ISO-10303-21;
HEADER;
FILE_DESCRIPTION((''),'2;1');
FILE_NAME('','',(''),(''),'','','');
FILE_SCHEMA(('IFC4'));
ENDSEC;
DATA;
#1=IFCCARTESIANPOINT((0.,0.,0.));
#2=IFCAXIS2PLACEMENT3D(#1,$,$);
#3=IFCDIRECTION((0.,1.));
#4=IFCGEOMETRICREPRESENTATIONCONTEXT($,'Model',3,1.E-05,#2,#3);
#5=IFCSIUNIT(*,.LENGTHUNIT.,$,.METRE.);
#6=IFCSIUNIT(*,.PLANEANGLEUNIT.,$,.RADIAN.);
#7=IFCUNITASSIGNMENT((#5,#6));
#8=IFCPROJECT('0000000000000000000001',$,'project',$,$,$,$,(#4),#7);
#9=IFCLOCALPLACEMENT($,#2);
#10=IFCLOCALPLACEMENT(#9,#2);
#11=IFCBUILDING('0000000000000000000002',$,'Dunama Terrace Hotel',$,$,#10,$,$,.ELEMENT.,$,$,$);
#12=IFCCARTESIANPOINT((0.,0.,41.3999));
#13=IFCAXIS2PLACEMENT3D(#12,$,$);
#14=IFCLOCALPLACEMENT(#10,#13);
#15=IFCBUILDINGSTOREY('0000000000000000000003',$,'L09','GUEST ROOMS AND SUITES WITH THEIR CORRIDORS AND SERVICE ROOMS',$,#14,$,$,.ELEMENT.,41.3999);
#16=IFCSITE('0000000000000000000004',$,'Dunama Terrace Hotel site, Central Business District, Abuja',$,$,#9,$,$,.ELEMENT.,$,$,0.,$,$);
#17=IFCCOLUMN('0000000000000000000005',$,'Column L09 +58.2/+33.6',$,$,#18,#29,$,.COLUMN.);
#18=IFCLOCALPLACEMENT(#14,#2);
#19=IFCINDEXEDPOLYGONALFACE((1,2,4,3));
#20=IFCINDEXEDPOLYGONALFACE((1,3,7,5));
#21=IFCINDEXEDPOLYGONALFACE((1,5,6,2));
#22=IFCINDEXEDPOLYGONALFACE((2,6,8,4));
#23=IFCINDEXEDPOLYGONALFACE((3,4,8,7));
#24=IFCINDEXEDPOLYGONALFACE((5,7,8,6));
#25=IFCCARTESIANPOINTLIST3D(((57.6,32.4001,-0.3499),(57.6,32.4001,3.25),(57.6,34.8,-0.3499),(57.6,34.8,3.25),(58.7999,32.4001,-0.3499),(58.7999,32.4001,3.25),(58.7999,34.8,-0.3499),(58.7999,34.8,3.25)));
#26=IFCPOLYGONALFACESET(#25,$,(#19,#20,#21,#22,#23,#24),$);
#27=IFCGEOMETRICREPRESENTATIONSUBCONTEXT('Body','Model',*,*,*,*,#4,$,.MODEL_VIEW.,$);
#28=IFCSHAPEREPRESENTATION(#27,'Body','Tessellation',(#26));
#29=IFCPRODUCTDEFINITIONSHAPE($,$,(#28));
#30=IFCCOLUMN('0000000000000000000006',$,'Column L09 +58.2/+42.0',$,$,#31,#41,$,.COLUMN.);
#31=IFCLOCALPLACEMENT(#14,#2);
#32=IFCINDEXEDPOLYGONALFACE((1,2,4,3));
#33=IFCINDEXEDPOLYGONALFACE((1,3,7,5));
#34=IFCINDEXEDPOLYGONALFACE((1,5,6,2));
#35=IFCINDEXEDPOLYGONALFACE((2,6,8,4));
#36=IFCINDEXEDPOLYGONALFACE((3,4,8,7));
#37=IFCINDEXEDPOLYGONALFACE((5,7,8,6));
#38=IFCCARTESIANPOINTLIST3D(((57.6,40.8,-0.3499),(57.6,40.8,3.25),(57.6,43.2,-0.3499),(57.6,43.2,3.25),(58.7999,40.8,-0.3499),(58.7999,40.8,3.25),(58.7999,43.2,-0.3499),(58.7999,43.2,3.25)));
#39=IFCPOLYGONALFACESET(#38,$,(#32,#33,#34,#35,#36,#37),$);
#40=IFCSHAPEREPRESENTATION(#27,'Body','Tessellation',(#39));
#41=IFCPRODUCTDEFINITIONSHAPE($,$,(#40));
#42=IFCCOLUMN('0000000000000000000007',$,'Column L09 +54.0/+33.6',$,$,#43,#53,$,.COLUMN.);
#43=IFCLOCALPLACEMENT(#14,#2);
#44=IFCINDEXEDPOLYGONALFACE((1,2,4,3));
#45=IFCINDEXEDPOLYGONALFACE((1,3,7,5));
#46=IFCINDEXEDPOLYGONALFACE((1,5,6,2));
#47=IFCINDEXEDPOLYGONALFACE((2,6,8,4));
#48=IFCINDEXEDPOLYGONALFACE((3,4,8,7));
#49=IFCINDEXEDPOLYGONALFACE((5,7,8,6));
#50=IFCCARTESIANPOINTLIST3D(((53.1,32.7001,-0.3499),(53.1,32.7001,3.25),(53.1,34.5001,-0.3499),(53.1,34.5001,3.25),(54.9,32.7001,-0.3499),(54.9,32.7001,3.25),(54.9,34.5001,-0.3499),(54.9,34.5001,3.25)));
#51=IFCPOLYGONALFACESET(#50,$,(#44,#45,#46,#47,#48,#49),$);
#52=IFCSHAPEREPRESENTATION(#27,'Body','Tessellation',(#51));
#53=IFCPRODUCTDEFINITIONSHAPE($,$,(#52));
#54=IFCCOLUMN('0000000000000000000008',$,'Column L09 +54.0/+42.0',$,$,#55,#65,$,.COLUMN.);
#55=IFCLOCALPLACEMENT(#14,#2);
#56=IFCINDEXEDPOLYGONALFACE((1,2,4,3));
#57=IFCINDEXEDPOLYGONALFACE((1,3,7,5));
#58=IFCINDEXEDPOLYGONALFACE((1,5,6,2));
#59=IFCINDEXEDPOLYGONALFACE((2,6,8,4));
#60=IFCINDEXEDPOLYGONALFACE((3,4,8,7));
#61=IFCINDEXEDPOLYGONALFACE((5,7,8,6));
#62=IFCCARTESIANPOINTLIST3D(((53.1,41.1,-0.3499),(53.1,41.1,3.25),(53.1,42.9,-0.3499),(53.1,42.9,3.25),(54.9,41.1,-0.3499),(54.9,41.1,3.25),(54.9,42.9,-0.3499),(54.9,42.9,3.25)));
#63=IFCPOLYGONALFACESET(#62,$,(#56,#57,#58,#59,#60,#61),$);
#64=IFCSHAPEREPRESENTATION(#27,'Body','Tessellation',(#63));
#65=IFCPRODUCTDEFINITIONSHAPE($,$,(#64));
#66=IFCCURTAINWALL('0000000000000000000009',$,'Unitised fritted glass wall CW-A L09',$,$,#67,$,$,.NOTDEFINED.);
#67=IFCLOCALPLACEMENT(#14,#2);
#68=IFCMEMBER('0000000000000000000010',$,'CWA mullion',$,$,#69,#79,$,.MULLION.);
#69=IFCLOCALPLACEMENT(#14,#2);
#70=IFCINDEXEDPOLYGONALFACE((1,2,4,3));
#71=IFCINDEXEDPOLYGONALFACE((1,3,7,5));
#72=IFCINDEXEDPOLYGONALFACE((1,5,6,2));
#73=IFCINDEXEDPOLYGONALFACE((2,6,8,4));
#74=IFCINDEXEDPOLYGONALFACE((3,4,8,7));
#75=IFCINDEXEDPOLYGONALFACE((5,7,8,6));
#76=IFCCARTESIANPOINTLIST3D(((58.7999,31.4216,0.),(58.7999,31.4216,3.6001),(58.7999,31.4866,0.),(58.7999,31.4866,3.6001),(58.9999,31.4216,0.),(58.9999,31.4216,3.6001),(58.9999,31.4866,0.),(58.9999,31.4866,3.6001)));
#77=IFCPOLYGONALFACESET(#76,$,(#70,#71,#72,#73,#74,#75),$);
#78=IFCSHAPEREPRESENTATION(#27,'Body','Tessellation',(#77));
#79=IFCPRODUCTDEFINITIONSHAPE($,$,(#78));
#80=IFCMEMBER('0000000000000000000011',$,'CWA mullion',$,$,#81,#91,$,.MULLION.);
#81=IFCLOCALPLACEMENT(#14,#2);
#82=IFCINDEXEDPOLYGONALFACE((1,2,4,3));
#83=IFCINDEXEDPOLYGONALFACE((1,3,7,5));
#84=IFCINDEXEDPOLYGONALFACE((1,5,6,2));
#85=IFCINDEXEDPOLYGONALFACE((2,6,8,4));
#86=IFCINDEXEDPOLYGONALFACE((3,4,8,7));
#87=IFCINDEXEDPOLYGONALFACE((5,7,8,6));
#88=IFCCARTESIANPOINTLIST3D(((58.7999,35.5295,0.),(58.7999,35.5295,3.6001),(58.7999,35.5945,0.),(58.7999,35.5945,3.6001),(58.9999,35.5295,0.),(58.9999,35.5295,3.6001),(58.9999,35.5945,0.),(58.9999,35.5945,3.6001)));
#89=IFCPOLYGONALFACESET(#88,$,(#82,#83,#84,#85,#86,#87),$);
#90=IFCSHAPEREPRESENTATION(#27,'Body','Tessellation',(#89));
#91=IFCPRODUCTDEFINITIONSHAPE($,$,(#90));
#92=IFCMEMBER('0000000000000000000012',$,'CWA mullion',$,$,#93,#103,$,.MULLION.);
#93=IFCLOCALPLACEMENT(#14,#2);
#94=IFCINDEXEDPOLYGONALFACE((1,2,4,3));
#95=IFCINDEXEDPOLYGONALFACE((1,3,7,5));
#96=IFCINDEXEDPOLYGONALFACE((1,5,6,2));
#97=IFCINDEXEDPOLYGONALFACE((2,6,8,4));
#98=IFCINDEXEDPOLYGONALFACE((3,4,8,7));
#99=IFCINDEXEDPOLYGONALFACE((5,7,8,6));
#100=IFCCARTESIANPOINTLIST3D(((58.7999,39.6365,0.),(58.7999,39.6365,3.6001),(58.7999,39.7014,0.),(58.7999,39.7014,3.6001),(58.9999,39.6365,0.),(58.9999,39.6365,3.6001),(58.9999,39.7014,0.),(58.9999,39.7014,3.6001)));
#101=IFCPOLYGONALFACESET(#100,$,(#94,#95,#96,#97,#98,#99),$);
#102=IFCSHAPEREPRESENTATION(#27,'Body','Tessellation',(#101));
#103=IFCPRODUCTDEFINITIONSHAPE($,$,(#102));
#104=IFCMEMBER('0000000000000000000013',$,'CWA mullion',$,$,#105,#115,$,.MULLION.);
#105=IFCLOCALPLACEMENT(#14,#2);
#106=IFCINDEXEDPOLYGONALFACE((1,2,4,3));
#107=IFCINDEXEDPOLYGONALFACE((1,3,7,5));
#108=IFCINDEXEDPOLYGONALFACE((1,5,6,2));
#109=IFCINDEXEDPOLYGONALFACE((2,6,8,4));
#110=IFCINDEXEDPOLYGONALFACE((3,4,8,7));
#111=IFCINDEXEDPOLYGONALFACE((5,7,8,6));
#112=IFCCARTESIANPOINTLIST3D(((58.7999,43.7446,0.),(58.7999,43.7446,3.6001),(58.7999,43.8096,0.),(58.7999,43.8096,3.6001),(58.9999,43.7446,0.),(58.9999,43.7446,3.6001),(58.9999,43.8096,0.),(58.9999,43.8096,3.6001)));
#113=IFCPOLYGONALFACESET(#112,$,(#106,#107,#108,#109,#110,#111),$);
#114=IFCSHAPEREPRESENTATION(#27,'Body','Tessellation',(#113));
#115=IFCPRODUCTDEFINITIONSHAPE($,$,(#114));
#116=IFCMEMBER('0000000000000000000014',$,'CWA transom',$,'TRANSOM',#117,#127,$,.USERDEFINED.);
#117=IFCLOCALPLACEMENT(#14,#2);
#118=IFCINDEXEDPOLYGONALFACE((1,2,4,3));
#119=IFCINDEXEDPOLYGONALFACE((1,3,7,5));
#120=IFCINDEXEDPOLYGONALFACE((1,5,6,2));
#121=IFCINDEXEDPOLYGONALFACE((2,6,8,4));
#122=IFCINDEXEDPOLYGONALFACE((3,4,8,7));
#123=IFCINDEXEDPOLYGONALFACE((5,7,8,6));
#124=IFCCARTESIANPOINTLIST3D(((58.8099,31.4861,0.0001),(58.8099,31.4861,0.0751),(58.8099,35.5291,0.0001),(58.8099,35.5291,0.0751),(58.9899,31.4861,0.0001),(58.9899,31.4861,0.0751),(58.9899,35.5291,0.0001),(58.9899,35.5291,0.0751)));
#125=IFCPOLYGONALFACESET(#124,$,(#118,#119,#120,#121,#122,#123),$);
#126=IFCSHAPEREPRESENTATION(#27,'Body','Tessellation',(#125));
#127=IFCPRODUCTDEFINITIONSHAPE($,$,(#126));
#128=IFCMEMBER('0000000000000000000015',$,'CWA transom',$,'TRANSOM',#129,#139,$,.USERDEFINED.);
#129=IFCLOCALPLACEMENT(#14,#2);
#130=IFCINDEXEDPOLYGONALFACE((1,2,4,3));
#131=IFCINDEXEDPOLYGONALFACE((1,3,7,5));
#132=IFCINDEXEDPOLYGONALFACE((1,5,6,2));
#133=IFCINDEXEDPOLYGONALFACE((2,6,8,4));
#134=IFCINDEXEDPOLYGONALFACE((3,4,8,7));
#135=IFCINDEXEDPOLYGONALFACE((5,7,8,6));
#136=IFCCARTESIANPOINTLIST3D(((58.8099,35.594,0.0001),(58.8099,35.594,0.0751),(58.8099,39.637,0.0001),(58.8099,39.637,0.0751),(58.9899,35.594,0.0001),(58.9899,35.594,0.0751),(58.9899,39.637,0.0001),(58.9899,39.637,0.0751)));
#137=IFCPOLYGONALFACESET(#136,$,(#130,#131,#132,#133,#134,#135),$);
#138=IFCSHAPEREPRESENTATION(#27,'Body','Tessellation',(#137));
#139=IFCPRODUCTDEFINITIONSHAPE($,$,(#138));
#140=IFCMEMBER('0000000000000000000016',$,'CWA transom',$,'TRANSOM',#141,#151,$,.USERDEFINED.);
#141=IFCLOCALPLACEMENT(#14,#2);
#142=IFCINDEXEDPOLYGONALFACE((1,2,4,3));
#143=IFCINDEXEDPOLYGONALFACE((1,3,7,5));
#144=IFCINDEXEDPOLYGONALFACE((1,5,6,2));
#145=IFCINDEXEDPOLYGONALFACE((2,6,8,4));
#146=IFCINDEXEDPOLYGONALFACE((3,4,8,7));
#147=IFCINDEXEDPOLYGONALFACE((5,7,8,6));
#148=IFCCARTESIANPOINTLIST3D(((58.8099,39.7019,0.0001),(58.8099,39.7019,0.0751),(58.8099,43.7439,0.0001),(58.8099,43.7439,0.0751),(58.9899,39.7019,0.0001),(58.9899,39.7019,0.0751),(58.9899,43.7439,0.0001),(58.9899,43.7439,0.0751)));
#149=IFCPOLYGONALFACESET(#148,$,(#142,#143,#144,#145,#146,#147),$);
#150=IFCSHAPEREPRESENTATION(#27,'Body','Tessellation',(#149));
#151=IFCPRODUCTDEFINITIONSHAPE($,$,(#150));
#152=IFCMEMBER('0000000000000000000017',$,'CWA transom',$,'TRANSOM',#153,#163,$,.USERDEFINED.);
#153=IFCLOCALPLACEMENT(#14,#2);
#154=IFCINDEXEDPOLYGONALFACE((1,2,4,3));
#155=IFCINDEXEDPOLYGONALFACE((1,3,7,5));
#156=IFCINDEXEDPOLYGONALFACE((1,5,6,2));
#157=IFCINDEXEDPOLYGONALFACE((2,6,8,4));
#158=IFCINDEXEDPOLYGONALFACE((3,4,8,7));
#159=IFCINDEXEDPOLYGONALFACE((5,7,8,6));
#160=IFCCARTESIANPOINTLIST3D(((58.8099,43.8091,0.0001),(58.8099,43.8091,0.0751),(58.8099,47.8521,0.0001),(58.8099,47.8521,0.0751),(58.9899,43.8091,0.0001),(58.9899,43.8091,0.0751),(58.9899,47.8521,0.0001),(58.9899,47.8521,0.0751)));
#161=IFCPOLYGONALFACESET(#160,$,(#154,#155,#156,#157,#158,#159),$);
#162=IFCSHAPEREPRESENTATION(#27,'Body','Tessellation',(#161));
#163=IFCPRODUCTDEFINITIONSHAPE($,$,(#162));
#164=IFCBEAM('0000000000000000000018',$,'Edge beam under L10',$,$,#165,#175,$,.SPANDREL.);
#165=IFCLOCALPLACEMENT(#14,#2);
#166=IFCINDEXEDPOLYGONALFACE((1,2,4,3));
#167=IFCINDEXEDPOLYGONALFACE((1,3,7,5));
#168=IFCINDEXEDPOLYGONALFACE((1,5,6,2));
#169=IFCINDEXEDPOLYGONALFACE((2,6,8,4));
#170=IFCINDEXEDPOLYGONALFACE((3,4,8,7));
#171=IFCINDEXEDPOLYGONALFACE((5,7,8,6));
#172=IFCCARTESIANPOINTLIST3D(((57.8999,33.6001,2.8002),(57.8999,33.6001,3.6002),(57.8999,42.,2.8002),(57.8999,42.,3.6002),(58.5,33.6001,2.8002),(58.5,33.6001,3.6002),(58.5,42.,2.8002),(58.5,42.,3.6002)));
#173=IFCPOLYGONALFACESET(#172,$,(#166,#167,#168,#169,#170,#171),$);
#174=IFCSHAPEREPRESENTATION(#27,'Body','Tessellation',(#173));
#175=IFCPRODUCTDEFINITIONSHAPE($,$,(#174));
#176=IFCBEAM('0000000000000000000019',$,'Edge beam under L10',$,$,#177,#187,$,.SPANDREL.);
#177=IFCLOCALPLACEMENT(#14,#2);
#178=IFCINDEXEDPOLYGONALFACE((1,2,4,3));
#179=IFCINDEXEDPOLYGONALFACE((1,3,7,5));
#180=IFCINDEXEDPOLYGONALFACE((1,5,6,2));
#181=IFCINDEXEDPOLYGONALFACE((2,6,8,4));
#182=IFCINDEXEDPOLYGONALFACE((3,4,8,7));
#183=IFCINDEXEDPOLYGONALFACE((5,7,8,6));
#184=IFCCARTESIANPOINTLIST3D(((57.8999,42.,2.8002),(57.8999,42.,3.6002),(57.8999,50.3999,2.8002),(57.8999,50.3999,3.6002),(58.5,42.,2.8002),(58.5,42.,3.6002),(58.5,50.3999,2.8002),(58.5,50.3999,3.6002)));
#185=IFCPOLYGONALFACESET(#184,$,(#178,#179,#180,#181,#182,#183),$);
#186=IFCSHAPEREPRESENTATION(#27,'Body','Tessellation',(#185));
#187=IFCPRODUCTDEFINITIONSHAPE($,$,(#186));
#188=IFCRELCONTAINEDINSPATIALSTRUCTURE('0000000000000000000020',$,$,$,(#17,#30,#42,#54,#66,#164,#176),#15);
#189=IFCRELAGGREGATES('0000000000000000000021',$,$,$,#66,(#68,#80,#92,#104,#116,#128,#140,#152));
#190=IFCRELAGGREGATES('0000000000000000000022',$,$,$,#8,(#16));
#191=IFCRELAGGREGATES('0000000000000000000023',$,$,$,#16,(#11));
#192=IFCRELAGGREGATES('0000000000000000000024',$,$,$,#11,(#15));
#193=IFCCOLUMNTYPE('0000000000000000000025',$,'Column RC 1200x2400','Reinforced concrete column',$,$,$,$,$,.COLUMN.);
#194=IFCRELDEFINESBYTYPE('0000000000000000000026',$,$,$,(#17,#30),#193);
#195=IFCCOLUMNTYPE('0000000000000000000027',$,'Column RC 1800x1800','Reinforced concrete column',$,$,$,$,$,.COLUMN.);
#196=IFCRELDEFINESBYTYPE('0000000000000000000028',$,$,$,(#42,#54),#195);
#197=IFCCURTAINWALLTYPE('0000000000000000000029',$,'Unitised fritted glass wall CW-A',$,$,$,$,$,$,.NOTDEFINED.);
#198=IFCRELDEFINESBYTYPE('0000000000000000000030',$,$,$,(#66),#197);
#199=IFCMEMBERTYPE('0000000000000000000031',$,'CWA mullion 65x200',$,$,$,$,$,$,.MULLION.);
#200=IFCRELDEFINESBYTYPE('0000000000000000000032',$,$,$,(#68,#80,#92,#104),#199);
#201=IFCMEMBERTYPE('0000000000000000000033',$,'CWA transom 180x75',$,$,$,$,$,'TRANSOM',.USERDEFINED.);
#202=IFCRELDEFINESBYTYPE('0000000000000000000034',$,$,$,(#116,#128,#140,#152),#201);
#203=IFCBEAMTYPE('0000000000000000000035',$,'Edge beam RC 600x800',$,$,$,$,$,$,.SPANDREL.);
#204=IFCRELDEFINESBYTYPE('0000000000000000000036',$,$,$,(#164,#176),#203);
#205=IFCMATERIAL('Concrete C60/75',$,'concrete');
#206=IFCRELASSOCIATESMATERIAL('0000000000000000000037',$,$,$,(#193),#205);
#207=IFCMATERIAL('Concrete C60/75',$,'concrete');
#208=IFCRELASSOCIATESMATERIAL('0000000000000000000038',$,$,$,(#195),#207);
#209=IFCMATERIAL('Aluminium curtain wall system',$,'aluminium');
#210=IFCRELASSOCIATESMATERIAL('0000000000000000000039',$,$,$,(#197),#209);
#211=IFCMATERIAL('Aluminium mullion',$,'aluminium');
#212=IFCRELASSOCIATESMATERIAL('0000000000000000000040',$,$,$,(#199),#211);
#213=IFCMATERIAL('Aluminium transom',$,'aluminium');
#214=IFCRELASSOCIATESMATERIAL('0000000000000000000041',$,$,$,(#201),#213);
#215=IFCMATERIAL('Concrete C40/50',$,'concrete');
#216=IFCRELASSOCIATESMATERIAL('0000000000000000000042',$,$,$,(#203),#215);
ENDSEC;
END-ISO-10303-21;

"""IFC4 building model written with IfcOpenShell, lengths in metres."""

from ifc_helpers import new_model, si_unit, direction, frame, origin, origin_2d, place, context, subcontext, project, spatial, rectangle, extrude, material, material_profile, profile_set, type_object, element, aggregate, save


model = new_model("IFC4")

# Units and contexts
model_context = context("Model", 3, precision=1e-05, world=origin(), true_north=direction((0.0, 1.0)))
body_context = subcontext(model_context, "Body", "Model", "MODEL_VIEW")
ifc_project = project(units=[si_unit("LENGTHUNIT", "METRE"), si_unit("PLANEANGLEUNIT", "RADIAN")], contexts=[model_context])

# Site, building, storey
site_placement = place(None, origin())
site = spatial("IfcSite", under=ifc_project, at=site_placement, Name="Dunama Terrace Hotel site, Central Business District, Abuja", CompositionType="ELEMENT", RefElevation=0.0)
building_placement = place(site_placement, origin())
building = spatial("IfcBuilding", under=site, at=building_placement, Name="Dunama Terrace Hotel", CompositionType="ELEMENT")
storey_placement = place(building_placement, frame((0.0, 0.0, 41.3999)))
storey = spatial("IfcBuildingStorey", under=building, at=storey_placement, Name="L09", Description="GUEST ROOMS AND SUITES WITH THEIR CORRIDORS AND SERVICE ROOMS", CompositionType="ELEMENT", Elevation=41.3999)

# Columns
ifc_material_1 = material(Name="Concrete C60/75", Category="concrete")
ifc_material_profile_1 = material_profile(ifc_material_1, rectangle(XDim=1.2, YDim=2.3999, at=origin_2d()), Name="RC 1200x2400")
ifc_profile_set_1 = profile_set([ifc_material_profile_1], Name="Concrete C60/75")
column_type_1 = type_object("IfcColumnType", Name="Column RC 1200x2400", Description="Reinforced concrete column", PredefinedType="COLUMN", material=ifc_profile_set_1)
for number, where, z_axis, x_axis, name in (
    (1, (58.2, 33.6001, -0.3499), (0.0, 0.0, 1.0), (1.0, 0.0, 0.0), "Column L09 +58.2/+33.6"),
    (2, (58.2, 42.0, -0.3499), (0.0, 0.0, 1.0), (1.0, 0.0, 0.0), "Column L09 +58.2/+42.0"),
):
    element("IfcColumn", number, at=place(storey_placement, frame(where, z_axis=z_axis, x_axis=x_axis)), inside=storey, type_object=column_type_1, Name=name, PredefinedType="COLUMN", context=body_context, shape_type="SweptSolid", body=[
        extrude(rectangle(XDim=1.2, YDim=2.3999, at=origin_2d()), origin(), (0.0, 0.0, 1.0), 3.5999),
    ])
ifc_material_2 = material(Name="Concrete C60/75", Category="concrete")
ifc_material_profile_2 = material_profile(ifc_material_2, rectangle(XDim=1.8, YDim=1.8, at=origin_2d()), Name="RC 1800x1800")
ifc_profile_set_2 = profile_set([ifc_material_profile_2], Name="Concrete C60/75")
column_type_2 = type_object("IfcColumnType", Name="Column RC 1800x1800", Description="Reinforced concrete column", PredefinedType="COLUMN", material=ifc_profile_set_2)
for number, where, z_axis, x_axis, name in (
    (3, (54.0, 33.6001, -0.3499), (0.0, 0.0, 1.0), (1.0, 0.0, 0.0), "Column L09 +54.0/+33.6"),
    (4, (54.0, 42.0, -0.3499), (0.0, 0.0, 1.0), (1.0, 0.0, 0.0), "Column L09 +54.0/+42.0"),
):
    element("IfcColumn", number, at=place(storey_placement, frame(where, z_axis=z_axis, x_axis=x_axis)), inside=storey, type_object=column_type_2, Name=name, PredefinedType="COLUMN", context=body_context, shape_type="SweptSolid", body=[
        extrude(rectangle(XDim=1.8, YDim=1.8, at=origin_2d()), origin(), (0.0, 0.0, 1.0), 3.5999),
    ])

# Curtain wall, members
ifc_material_3 = material(Name="Aluminium curtain wall system", Category="aluminium")
curtain_wall_type = type_object("IfcCurtainWallType", Name="Unitised fritted glass wall CW-A", PredefinedType="NOTDEFINED", material=ifc_material_3)
curtain_wall_placement = place(storey_placement, origin())
curtain_wall = element("IfcCurtainWall", 5, at=curtain_wall_placement, inside=storey, type_object=curtain_wall_type, Name="Unitised fritted glass wall CW-A L09", PredefinedType="NOTDEFINED")
ifc_material_4 = material(Name="Aluminium mullion", Category="aluminium")
ifc_material_profile_3 = material_profile(ifc_material_4, rectangle(XDim=0.0649, YDim=0.2, at=origin_2d()), Name="CWA MULLION 65X200")
ifc_profile_set_3 = profile_set([ifc_material_profile_3], Name="Aluminium mullion")
member_type_1 = type_object("IfcMemberType", Name="CWA mullion 65x200", PredefinedType="MULLION", material=ifc_profile_set_3)
member_1_placement = place(storey_placement, frame((58.8999, 31.4541, 0.0), z_axis=(0.0, 0.0, 1.0), x_axis=(0.0, 1.0, 0.0)))
member_1 = element("IfcMember", 6, at=member_1_placement, type_object=member_type_1, Name="CWA mullion", PredefinedType="MULLION", context=body_context, shape_type="SweptSolid", body=[
    extrude(rectangle(XDim=0.0649, YDim=0.2, at=origin_2d()), origin(), (0.0, 0.0, 1.0), 3.6001),
])
member_2_placement = place(storey_placement, frame((58.8999, 35.562, 0.0), z_axis=(0.0, 0.0, 1.0), x_axis=(0.0, 1.0, 0.0)))
member_2 = element("IfcMember", 7, at=member_2_placement, type_object=member_type_1, Name="CWA mullion", PredefinedType="MULLION", context=body_context, shape_type="SweptSolid", body=[
    extrude(rectangle(XDim=0.0649, YDim=0.2, at=origin_2d()), origin(), (0.0, 0.0, 1.0), 3.6001),
])
member_3_placement = place(storey_placement, frame((58.8999, 39.6689, 0.0), z_axis=(0.0, 0.0, 1.0), x_axis=(0.0, 1.0, 0.0)))
member_3 = element("IfcMember", 8, at=member_3_placement, type_object=member_type_1, Name="CWA mullion", PredefinedType="MULLION", context=body_context, shape_type="SweptSolid", body=[
    extrude(rectangle(XDim=0.0649, YDim=0.2, at=origin_2d()), origin(), (0.0, 0.0, 1.0), 3.6001),
])
member_4_placement = place(storey_placement, frame((58.8999, 43.7771, 0.0), z_axis=(0.0, 0.0, 1.0), x_axis=(0.0, 1.0, 0.0)))
member_4 = element("IfcMember", 9, at=member_4_placement, type_object=member_type_1, Name="CWA mullion", PredefinedType="MULLION", context=body_context, shape_type="SweptSolid", body=[
    extrude(rectangle(XDim=0.0649, YDim=0.2, at=origin_2d()), origin(), (0.0, 0.0, 1.0), 3.6001),
])
ifc_material_5 = material(Name="Aluminium transom", Category="aluminium")
ifc_material_profile_4 = material_profile(ifc_material_5, rectangle(XDim=0.1799, YDim=0.075, at=origin_2d()), Name="CWA TRANSOM 180X75")
ifc_profile_set_4 = profile_set([ifc_material_profile_4], Name="Aluminium transom")
member_type_2 = type_object("IfcMemberType", Name="CWA transom 180x75", ElementType="TRANSOM", PredefinedType="USERDEFINED", material=ifc_profile_set_4)
member_5_placement = place(storey_placement, frame((58.8999, 31.4861, 0.0376), z_axis=(0.0, 1.0, 0.0), x_axis=(-1.0, 0.0, 0.0)))
member_5 = element("IfcMember", 10, at=member_5_placement, type_object=member_type_2, Name="CWA transom", ObjectType="TRANSOM", PredefinedType="USERDEFINED", context=body_context, shape_type="SweptSolid", body=[
    extrude(rectangle(XDim=0.1799, YDim=0.075, at=origin_2d()), origin(), (0.0, 0.0, 1.0), 4.043),
])
member_6_placement = place(storey_placement, frame((58.8999, 35.594, 0.0376), z_axis=(0.0, 1.0, 0.0), x_axis=(-1.0, 0.0, 0.0)))
member_6 = element("IfcMember", 11, at=member_6_placement, type_object=member_type_2, Name="CWA transom", ObjectType="TRANSOM", PredefinedType="USERDEFINED", context=body_context, shape_type="SweptSolid", body=[
    extrude(rectangle(XDim=0.1799, YDim=0.075, at=origin_2d()), origin(), (0.0, 0.0, 1.0), 4.043),
])
member_7_placement = place(storey_placement, frame((58.8999, 39.7019, 0.0376), z_axis=(0.0, 1.0, 0.0), x_axis=(-1.0, 0.0, 0.0)))
member_7 = element("IfcMember", 12, at=member_7_placement, type_object=member_type_2, Name="CWA transom", ObjectType="TRANSOM", PredefinedType="USERDEFINED", context=body_context, shape_type="SweptSolid", body=[
    extrude(rectangle(XDim=0.1799, YDim=0.075, at=origin_2d()), origin(), (0.0, 0.0, 1.0), 4.042),
])
member_8_placement = place(storey_placement, frame((58.8999, 43.8091, 0.0376), z_axis=(0.0, 1.0, 0.0), x_axis=(-1.0, 0.0, 0.0)))
member_8 = element("IfcMember", 13, at=member_8_placement, type_object=member_type_2, Name="CWA transom", ObjectType="TRANSOM", PredefinedType="USERDEFINED", context=body_context, shape_type="SweptSolid", body=[
    extrude(rectangle(XDim=0.1799, YDim=0.075, at=origin_2d()), origin(), (0.0, 0.0, 1.0), 4.043),
])

# Beams
ifc_material_6 = material(Name="Concrete C40/50", Category="concrete")
ifc_material_profile_5 = material_profile(ifc_material_6, rectangle(XDim=0.6001, YDim=0.8, at=origin_2d()), Name="RC 600x800")
ifc_profile_set_5 = profile_set([ifc_material_profile_5], Name="Concrete C40/50")
beam_type = type_object("IfcBeamType", Name="Edge beam RC 600x800", PredefinedType="SPANDREL", material=ifc_profile_set_5)
for number, where, z_axis, x_axis, name in (
    (14, (58.2, 33.6001, 3.2002), (0.0, 1.0, 0.0), (-1.0, 0.0, 0.0), "Edge beam under L10"),
    (15, (58.2, 42.0, 3.2002), (0.0, 1.0, 0.0), (-1.0, 0.0, 0.0), "Edge beam under L10"),
):
    element("IfcBeam", number, at=place(storey_placement, frame(where, z_axis=z_axis, x_axis=x_axis)), inside=storey, type_object=beam_type, Name=name, PredefinedType="SPANDREL", context=body_context, shape_type="SweptSolid", body=[
        extrude(rectangle(XDim=0.6001, YDim=0.8, at=origin_2d()), origin(), (0.0, 0.0, 1.0), 8.3999),
    ])

aggregate(curtain_wall, [member_1, member_2, member_3, member_4, member_5, member_6, member_7, member_8])

save(model, "model.ifc")
